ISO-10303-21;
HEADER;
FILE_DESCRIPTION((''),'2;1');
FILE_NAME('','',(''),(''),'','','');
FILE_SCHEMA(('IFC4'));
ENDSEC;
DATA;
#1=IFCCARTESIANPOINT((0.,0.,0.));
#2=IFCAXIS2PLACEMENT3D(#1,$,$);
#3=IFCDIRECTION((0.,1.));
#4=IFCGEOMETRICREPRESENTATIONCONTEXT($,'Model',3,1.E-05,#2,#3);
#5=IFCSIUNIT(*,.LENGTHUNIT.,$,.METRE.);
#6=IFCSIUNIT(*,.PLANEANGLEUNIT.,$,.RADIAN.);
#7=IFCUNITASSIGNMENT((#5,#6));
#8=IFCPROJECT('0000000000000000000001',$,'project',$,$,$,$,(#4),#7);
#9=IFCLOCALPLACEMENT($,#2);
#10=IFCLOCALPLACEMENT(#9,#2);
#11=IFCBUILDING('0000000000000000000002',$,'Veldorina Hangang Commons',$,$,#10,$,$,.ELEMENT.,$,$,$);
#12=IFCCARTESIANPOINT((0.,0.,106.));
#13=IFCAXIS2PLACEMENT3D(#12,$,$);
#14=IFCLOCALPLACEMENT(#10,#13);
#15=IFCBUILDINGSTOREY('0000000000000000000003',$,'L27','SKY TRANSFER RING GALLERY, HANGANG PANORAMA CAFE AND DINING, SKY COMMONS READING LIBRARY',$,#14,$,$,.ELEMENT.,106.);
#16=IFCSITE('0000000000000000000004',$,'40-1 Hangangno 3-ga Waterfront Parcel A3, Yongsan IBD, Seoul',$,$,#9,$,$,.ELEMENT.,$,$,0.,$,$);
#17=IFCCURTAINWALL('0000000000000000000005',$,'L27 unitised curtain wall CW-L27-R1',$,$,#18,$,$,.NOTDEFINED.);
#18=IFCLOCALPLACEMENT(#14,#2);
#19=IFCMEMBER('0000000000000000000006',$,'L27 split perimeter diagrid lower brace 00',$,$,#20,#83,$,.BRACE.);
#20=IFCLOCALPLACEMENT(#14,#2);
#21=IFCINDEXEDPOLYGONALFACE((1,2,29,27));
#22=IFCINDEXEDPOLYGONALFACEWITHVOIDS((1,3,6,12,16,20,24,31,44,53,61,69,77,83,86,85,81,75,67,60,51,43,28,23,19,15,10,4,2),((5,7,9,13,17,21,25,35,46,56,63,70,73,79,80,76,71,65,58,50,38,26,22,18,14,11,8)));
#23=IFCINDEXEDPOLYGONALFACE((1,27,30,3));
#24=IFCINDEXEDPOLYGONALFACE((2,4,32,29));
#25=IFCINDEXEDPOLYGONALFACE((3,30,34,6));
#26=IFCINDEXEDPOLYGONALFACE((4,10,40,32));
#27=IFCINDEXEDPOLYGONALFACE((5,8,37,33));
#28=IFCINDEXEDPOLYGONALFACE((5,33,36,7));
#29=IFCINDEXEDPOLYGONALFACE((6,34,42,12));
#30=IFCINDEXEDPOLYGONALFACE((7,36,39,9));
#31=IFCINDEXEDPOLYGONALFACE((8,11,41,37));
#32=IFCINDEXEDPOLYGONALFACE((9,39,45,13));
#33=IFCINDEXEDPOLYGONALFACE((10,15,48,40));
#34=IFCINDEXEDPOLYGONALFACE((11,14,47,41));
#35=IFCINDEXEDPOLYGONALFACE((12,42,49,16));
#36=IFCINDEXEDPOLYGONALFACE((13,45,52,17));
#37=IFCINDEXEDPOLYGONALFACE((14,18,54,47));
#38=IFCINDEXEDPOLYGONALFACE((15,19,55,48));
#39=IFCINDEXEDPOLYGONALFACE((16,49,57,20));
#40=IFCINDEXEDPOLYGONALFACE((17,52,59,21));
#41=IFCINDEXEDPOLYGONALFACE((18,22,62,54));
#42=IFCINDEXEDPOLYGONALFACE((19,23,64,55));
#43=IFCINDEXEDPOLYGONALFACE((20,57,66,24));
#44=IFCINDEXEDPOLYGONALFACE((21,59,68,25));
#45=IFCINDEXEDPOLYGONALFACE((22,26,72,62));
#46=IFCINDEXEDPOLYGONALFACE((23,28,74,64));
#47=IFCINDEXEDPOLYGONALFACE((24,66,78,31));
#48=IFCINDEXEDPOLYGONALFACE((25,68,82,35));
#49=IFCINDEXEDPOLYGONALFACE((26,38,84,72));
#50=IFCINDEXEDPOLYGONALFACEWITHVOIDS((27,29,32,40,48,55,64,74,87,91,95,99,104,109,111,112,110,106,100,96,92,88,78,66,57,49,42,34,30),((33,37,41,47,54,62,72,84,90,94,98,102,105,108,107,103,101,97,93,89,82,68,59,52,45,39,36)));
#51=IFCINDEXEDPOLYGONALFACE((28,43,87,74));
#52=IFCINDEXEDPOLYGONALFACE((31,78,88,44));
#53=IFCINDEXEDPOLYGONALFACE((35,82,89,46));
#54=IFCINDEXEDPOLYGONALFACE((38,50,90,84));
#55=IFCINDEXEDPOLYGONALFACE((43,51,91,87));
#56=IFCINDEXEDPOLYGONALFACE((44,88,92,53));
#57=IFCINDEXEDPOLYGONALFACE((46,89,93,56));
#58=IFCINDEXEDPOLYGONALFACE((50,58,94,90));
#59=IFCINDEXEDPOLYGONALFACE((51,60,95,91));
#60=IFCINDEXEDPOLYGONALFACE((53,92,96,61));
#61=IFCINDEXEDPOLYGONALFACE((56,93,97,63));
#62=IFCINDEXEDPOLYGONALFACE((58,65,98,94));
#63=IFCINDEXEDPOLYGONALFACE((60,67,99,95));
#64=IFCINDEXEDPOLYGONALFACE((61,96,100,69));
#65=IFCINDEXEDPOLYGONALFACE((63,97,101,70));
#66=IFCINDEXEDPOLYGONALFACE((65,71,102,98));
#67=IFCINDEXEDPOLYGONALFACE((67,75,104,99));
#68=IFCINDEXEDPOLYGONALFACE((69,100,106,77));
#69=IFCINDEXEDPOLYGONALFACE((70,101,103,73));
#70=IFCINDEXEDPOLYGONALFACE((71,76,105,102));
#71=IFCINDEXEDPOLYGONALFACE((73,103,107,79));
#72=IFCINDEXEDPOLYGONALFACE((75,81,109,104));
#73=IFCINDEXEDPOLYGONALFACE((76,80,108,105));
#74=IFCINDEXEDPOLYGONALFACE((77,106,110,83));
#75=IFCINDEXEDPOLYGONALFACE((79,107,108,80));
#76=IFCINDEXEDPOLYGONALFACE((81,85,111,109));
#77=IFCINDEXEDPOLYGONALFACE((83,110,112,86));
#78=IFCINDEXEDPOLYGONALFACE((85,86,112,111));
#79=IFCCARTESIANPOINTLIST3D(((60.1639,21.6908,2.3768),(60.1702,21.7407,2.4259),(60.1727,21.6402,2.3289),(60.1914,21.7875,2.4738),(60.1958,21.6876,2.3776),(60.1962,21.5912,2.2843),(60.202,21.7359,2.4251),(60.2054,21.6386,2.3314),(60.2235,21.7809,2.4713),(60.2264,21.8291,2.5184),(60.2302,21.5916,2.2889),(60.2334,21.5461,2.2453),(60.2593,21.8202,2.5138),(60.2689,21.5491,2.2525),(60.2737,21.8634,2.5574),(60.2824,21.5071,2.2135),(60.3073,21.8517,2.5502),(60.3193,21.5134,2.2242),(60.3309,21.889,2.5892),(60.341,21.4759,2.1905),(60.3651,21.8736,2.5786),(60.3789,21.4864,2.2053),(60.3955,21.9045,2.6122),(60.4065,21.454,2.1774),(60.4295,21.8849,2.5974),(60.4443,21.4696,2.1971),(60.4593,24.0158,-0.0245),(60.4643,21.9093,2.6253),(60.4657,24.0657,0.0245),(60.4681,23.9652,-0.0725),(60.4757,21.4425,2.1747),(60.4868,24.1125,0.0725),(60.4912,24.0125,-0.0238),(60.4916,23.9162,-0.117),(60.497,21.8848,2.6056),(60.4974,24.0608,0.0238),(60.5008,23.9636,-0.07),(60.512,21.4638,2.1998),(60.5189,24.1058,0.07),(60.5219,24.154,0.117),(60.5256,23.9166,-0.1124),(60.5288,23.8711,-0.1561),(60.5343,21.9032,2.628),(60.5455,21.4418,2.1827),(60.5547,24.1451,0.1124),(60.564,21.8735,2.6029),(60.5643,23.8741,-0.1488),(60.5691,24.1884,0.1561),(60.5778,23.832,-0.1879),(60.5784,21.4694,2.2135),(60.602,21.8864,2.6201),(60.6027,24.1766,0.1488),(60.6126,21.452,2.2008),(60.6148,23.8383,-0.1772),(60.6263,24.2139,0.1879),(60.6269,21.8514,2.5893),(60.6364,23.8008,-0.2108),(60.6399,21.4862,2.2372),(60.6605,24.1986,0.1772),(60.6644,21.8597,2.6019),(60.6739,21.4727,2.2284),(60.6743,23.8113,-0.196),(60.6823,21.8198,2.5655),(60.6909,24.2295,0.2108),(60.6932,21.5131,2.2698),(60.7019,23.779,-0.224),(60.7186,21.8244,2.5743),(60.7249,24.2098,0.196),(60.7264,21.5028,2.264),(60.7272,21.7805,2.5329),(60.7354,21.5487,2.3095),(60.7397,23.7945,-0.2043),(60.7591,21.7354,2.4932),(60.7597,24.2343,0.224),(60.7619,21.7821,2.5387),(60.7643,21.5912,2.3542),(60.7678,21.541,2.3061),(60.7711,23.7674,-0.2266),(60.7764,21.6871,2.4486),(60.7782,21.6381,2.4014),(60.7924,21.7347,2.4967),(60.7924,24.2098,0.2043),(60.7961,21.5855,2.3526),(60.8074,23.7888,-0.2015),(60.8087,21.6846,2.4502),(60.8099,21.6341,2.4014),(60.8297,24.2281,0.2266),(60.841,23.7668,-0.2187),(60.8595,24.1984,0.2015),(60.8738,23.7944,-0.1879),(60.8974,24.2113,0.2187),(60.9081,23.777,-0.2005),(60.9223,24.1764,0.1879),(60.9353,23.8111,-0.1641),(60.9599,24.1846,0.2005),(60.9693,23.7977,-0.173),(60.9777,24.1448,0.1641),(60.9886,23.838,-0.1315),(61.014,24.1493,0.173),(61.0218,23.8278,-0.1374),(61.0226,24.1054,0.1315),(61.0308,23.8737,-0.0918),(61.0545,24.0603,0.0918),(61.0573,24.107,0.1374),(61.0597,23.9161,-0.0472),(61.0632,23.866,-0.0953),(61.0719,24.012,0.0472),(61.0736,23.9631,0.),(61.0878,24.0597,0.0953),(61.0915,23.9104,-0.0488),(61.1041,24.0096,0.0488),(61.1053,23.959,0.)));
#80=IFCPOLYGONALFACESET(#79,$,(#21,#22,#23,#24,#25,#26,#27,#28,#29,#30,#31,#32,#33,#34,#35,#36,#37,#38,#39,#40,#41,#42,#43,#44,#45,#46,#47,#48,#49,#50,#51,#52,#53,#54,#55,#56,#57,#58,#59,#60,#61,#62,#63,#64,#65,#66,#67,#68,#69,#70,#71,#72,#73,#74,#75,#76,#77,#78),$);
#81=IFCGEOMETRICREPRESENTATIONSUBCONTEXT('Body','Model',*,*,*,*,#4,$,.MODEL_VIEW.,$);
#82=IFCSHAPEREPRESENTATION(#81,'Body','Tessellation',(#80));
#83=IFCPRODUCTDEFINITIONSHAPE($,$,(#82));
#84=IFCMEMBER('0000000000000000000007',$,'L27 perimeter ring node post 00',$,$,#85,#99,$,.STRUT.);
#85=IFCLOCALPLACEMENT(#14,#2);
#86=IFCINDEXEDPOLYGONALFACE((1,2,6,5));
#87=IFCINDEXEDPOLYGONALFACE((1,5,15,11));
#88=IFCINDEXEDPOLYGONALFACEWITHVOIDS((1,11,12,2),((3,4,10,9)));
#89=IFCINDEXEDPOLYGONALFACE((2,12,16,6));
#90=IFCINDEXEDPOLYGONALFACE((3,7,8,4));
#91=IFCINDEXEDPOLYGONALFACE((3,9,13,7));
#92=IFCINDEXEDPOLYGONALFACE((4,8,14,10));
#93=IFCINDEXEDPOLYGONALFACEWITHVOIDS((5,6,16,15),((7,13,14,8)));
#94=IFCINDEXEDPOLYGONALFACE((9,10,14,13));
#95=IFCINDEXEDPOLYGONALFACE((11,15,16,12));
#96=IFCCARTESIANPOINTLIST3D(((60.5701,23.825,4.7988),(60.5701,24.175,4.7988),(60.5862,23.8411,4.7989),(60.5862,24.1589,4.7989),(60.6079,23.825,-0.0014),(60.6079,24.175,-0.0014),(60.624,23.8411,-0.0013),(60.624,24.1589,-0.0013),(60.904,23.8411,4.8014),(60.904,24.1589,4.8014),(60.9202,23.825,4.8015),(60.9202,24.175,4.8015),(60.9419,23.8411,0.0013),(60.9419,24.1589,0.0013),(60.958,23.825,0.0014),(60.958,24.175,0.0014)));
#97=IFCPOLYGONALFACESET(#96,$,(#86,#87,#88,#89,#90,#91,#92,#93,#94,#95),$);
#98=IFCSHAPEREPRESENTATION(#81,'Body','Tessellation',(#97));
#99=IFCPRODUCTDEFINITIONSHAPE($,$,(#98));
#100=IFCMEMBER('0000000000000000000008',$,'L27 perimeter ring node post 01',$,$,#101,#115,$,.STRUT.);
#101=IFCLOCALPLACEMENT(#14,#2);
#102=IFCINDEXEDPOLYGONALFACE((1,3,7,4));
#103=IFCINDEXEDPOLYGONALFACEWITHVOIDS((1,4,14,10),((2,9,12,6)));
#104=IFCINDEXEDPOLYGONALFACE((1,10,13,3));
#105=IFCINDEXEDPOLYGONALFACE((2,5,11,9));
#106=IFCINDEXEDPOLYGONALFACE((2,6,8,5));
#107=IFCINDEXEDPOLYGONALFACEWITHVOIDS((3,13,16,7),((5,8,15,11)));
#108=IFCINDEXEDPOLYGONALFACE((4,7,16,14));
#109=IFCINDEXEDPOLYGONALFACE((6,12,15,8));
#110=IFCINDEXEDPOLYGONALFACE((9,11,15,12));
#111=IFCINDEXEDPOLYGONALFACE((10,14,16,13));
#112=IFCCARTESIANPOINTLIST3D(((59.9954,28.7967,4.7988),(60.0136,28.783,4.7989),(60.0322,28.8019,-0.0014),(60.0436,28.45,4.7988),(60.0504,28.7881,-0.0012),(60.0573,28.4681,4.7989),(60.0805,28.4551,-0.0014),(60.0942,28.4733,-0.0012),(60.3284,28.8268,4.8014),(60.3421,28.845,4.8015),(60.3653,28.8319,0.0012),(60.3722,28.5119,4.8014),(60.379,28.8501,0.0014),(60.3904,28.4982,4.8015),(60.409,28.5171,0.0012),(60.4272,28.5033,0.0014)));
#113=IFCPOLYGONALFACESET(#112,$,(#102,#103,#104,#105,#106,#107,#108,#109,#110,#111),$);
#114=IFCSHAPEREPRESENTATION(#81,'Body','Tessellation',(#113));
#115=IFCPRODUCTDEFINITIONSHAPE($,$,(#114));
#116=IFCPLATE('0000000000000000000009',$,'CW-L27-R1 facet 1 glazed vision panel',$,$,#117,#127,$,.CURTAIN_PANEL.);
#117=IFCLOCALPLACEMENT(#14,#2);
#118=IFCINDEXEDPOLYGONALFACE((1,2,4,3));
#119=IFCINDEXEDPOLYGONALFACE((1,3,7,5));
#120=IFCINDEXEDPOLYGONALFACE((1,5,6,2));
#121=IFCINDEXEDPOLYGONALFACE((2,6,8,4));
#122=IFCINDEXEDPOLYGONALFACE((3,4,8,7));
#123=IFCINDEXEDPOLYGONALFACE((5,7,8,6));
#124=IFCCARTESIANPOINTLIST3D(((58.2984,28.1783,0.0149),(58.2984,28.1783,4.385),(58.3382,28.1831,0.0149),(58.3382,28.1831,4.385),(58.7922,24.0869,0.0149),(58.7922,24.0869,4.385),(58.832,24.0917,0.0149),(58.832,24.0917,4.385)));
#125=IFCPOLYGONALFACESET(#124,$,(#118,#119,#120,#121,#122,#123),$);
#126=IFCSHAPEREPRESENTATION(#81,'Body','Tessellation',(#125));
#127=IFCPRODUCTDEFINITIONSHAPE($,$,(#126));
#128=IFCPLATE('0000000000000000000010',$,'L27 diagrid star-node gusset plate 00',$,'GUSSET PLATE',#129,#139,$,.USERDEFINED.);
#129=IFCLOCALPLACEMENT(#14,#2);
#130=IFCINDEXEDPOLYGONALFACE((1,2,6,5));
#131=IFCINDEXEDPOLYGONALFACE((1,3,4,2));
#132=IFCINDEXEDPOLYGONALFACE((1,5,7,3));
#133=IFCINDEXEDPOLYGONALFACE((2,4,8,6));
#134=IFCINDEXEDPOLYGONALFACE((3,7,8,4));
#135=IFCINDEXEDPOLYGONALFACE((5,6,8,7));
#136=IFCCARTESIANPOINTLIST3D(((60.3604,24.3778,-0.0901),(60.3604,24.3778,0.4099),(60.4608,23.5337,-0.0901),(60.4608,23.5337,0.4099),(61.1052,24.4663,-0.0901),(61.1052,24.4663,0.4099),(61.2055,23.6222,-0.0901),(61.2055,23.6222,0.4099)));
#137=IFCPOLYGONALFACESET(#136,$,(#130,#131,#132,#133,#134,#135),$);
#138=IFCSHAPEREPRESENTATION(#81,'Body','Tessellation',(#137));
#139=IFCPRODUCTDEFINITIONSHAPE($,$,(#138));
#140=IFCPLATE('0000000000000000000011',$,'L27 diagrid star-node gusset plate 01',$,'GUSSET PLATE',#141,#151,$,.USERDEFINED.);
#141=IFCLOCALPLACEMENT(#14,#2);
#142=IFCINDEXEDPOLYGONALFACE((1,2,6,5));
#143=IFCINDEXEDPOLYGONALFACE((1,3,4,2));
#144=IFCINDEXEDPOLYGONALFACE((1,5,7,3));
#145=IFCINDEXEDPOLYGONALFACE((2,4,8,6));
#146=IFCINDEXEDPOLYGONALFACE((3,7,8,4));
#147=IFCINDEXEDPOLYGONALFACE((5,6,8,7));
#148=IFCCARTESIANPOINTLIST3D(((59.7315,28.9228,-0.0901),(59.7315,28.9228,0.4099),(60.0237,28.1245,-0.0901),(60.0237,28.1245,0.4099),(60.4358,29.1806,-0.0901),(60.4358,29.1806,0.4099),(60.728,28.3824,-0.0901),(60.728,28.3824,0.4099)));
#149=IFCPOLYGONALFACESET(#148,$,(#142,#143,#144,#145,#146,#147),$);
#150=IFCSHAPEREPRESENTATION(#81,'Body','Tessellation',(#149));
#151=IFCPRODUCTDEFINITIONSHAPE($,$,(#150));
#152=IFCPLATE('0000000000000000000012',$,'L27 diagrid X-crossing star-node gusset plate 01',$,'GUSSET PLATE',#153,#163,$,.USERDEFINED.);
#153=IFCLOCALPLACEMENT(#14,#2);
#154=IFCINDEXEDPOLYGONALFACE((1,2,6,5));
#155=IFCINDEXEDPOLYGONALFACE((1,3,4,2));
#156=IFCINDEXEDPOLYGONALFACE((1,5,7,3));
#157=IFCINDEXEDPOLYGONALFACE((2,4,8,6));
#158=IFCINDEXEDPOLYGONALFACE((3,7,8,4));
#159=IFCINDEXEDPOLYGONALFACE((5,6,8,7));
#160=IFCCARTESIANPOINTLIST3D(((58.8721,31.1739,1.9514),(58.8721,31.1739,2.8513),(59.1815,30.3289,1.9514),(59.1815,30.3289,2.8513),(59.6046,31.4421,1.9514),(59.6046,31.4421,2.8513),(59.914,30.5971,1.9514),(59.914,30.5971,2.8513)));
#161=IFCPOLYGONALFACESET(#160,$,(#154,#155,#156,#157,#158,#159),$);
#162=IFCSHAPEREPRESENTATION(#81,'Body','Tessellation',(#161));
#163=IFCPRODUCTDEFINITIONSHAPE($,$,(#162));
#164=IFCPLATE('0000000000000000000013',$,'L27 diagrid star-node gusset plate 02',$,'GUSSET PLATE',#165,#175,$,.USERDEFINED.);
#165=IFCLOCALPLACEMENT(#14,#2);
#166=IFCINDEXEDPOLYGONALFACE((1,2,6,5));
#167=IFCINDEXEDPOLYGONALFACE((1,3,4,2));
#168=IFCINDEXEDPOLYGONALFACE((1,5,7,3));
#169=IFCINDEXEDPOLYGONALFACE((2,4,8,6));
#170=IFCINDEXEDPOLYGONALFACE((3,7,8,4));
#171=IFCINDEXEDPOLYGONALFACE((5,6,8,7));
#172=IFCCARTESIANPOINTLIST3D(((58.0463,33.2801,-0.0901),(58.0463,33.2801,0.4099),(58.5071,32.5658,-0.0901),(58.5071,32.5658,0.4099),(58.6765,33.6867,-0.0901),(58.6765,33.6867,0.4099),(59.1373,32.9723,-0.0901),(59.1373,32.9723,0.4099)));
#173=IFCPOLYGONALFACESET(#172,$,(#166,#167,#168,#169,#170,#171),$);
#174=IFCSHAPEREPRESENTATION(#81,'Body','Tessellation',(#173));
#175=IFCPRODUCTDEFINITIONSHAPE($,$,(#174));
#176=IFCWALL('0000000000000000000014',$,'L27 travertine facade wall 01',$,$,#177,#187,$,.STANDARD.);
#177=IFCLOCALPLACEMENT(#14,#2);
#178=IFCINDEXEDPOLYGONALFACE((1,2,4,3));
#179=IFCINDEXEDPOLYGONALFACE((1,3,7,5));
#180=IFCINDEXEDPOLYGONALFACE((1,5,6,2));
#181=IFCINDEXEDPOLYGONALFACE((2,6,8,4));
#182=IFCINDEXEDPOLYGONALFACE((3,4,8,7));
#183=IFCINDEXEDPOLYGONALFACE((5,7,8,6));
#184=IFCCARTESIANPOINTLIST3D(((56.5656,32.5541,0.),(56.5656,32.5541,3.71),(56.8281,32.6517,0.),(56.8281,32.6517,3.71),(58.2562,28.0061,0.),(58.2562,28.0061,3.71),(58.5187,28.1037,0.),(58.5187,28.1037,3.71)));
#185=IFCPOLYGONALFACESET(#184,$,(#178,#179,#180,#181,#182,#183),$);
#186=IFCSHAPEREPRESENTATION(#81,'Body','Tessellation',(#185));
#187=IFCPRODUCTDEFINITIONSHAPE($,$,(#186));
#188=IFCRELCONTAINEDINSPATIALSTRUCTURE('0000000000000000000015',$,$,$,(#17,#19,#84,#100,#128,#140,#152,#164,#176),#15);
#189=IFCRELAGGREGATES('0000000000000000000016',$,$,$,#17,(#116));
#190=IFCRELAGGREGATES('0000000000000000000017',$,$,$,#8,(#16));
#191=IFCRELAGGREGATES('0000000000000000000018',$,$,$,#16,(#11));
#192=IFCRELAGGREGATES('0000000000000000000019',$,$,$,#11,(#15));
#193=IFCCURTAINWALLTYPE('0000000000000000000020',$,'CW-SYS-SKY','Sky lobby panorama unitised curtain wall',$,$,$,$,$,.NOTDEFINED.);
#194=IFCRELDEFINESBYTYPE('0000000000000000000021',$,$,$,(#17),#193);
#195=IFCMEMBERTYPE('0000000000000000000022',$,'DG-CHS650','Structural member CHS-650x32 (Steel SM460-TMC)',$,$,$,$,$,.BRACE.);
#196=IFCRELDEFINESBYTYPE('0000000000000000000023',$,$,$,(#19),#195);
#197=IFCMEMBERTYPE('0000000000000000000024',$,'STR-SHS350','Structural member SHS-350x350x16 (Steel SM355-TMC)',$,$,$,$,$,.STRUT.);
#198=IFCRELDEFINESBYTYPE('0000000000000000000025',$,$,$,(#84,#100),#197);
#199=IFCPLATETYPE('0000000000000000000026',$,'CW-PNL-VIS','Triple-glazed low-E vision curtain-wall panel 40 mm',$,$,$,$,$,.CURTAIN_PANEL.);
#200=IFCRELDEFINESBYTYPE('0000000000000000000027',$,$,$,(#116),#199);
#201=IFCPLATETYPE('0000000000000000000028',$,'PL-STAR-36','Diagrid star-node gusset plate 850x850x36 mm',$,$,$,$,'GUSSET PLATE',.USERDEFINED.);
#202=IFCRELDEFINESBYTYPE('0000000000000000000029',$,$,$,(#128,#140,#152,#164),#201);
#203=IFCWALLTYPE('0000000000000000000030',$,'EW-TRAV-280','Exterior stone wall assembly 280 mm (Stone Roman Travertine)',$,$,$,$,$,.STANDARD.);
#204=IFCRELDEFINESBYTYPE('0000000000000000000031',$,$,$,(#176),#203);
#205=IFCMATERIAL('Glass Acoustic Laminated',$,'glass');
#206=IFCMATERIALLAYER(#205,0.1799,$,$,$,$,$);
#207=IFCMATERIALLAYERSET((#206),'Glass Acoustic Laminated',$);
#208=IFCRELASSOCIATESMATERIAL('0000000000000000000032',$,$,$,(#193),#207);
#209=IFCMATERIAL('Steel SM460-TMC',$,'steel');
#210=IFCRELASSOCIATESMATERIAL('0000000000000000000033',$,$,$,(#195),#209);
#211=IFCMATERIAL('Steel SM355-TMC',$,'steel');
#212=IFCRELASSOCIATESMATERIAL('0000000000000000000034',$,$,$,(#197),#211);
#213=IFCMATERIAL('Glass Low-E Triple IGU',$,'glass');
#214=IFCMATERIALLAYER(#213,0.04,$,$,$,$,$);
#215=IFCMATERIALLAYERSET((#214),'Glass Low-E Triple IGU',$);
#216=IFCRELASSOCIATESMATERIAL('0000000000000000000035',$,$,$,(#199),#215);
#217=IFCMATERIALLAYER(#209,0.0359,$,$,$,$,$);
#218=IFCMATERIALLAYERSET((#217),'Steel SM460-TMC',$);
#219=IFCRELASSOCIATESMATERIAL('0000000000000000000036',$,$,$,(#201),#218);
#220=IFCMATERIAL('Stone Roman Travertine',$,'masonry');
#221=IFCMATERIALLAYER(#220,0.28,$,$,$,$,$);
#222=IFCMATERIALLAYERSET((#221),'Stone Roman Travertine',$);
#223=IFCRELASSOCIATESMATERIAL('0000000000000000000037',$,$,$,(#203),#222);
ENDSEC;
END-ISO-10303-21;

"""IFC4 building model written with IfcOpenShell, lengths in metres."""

from ifc_helpers import new_model, si_unit, direction, frame, frame_2d, origin, origin_2d, place, context, subcontext, project, spatial, rectangle, hollow_rectangle, hollow_circle, extrude, material, layer, layer_set, material_profile, profile_set, type_object, element, aggregate, save


model = new_model("IFC4")

# Units and contexts
model_context = context("Model", 3, precision=1e-05, world=origin(), true_north=direction((0.0, 1.0)))
body_context = subcontext(model_context, "Body", "Model", "MODEL_VIEW")
ifc_project = project(units=[si_unit("LENGTHUNIT", "METRE"), si_unit("PLANEANGLEUNIT", "RADIAN")], contexts=[model_context])

# Site, building, storey
site_placement = place(None, origin())
site = spatial("IfcSite", under=ifc_project, at=site_placement, Name="40-1 Hangangno 3-ga Waterfront Parcel A3, Yongsan IBD, Seoul", CompositionType="ELEMENT", RefElevation=0.0)
building_placement = place(site_placement, origin())
building = spatial("IfcBuilding", under=site, at=building_placement, Name="Veldorina Hangang Commons", CompositionType="ELEMENT")
storey_placement = place(building_placement, frame((0.0, 0.0, 106.0)))
storey = spatial("IfcBuildingStorey", under=building, at=storey_placement, Name="L27", Description="SKY TRANSFER RING GALLERY, HANGANG PANORAMA CAFE AND DINING, SKY COMMONS READING LIBRARY", CompositionType="ELEMENT", Elevation=106.0)

# Shared definitions
ifc_material_1 = material(Name="Steel SM355-TMC", Category="steel")

# Curtain wall
ifc_material_2 = material(Name="Glass Acoustic Laminated", Category="glass")
ifc_layer_1 = layer(ifc_material_2, 0.1799)
ifc_layer_set_1 = layer_set([ifc_layer_1], Name="Glass Acoustic Laminated")
curtain_wall_type = type_object("IfcCurtainWallType", Name="CW-SYS-SKY", Description="Sky lobby panorama unitised curtain wall", PredefinedType="NOTDEFINED", material=ifc_layer_set_1)
curtain_wall_1_placement = place(storey_placement, origin())
curtain_wall_1 = element("IfcCurtainWall", 1, at=curtain_wall_1_placement, inside=storey, type_object=curtain_wall_type, Name="L27 unitised curtain wall CW-L27-R1", PredefinedType="NOTDEFINED")

# Members
ifc_material_3 = material(Name="Steel SM460-TMC", Category="steel")
ifc_material_profile_1 = material_profile(ifc_material_3, hollow_circle(Radius=0.325, WallThickness=0.032, at=origin_2d()), Name="CHS-650x32")
ifc_profile_set_1 = profile_set([ifc_material_profile_1], Name="Steel SM460-TMC")
member_type_1 = type_object("IfcMemberType", Name="DG-CHS650", Description="Structural member CHS-650x32 (Steel SM460-TMC)", PredefinedType="BRACE", material=ifc_profile_set_1)
member_1_placement = place(storey_placement, frame((60.783, 24.0, 0.0), z_axis=(-0.088038, -0.692882, 0.715656), x_axis=(0.992024, -0.126047, 0.0)))
element("IfcMember", 2, at=member_1_placement, inside=storey, type_object=member_type_1, Name="L27 split perimeter diagrid lower brace 00", PredefinedType="BRACE", context=body_context, shape_type="SweptSolid", body=[
    extrude(hollow_circle(Radius=0.325, WallThickness=0.032, at=origin_2d()), origin(), (0.0, 0.0, 1.0), 3.3555),
])
ifc_material_profile_2 = material_profile(ifc_material_1, hollow_rectangle(XDim=0.3501, YDim=0.3501, WallThickness=0.0161, at=origin_2d()), Name="SHS-350x350x16")
ifc_profile_set_2 = profile_set([ifc_material_profile_2], Name="Steel SM355-TMC")
member_type_2 = type_object("IfcMemberType", Name="STR-SHS350", Description="Structural member SHS-350x350x16 (Steel SM355-TMC)", PredefinedType="STRUT", material=ifc_profile_set_2)
for number, where, z_axis, x_axis, name in (
    (3, (60.783, 24.0, 0.0), (-0.007883, 0.0, 0.999969), (0.0, -1.0, 0.0), "L27 perimeter ring node post 00"),
    (4, (60.2297, 28.6526, 0.0), (-0.00768, -0.001068, 0.99997), (0.137747, -0.990467, 0.0), "L27 perimeter ring node post 01"),
):
    element("IfcMember", number, at=place(storey_placement, frame(where, z_axis=z_axis, x_axis=x_axis)), inside=storey, type_object=member_type_2, Name=name, PredefinedType="STRUT", context=body_context, shape_type="SweptSolid", body=[
        extrude(hollow_rectangle(XDim=0.3501, YDim=0.3501, WallThickness=0.0161, at=origin_2d()), origin(), (0.0, 0.0, 1.0), 4.8003),
    ])

# Plate
ifc_material_4 = material(Name="Glass Low-E Triple IGU", Category="glass")
ifc_layer_2 = layer(ifc_material_4, 0.04)
ifc_layer_set_2 = layer_set([ifc_layer_2], Name="Glass Low-E Triple IGU")
plate_type_1 = type_object("IfcPlateType", Name="CW-PNL-VIS", Description="Triple-glazed low-E vision curtain-wall panel 40 mm", PredefinedType="CURTAIN_PANEL", material=ifc_layer_set_2)
plate_1_placement = place(storey_placement, frame((58.5652, 26.135, 0.0149), z_axis=(0.0, 0.0, 1.0), x_axis=(-0.119825, 0.992795, 0.0)))
plate_1 = element("IfcPlate", 5, at=plate_1_placement, type_object=plate_type_1, Name="CW-L27-R1 facet 1 glazed vision panel", PredefinedType="CURTAIN_PANEL", context=body_context, shape_type="SweptSolid", body=[
    extrude(rectangle(XDim=4.1211, YDim=0.04, at=origin_2d()), origin(), (0.0, 0.0, 1.0), 4.3701),
])
aggregate(curtain_wall_1, [plate_1])

# Plates
ifc_layer_3 = layer(ifc_material_3, 0.0359)
ifc_layer_set_3 = layer_set([ifc_layer_3], Name="Steel SM460-TMC")
plate_type_2 = type_object("IfcPlateType", Name="PL-STAR-36", Description="Diagrid star-node gusset plate 850x850x36 mm", ElementType="GUSSET PLATE", PredefinedType="USERDEFINED", material=ifc_layer_set_3)
for number, where, z_axis, x_axis, name in (
    (6, (60.783, 24.0, -0.0901), (0.0, 0.0, 1.0), (-0.118057, 0.993007, 0.0), "L27 diagrid star-node gusset plate 00"),
    (7, (60.2297, 28.6526, -0.0901), (0.0, 0.0, 1.0), (-0.343791, 0.939046, 0.0), "L27 diagrid star-node gusset plate 01"),
):
    element("IfcPlate", number, at=place(storey_placement, frame(where, z_axis=z_axis, x_axis=x_axis)), inside=storey, type_object=plate_type_2, Name=name, ObjectType="GUSSET PLATE", PredefinedType="USERDEFINED", context=body_context, shape_type="SweptSolid", body=[
        extrude(rectangle(XDim=0.8501, YDim=0.75, at=origin_2d()), origin(), (0.0, 0.0, 1.0), 0.5),
    ])
plate_2_placement = place(storey_placement, frame((59.3931, 30.8855, 1.9514), z_axis=(0.0, 0.0, 1.0), x_axis=(-0.343791, 0.939046, 0.0)))
element("IfcPlate", 8, at=plate_2_placement, inside=storey, type_object=plate_type_2, Name="L27 diagrid X-crossing star-node gusset plate 01", ObjectType="GUSSET PLATE", PredefinedType="USERDEFINED", context=body_context, shape_type="SweptSolid", body=[
    extrude(rectangle(XDim=0.8999, YDim=0.78, at=origin_2d()), origin(), (0.0, 0.0, 1.0), 0.8999),
])
plate_3_placement = place(storey_placement, frame((58.5918, 33.1262, -0.0901), z_axis=(0.0, 0.0, 1.0), x_axis=(-0.542104, 0.840311, 0.0)))
element("IfcPlate", 9, at=plate_3_placement, inside=storey, type_object=plate_type_2, Name="L27 diagrid star-node gusset plate 02", ObjectType="GUSSET PLATE", PredefinedType="USERDEFINED", context=body_context, shape_type="SweptSolid", body=[
    extrude(rectangle(XDim=0.8501, YDim=0.75, at=origin_2d()), origin(), (0.0, 0.0, 1.0), 0.5),
])

# Wall
ifc_material_5 = material(Name="Stone Roman Travertine", Category="masonry")
ifc_layer_4 = layer(ifc_material_5, 0.28)
ifc_layer_set_4 = layer_set([ifc_layer_4], Name="Stone Roman Travertine")
wall_type_1 = type_object("IfcWallType", Name="EW-TRAV-280", Description="Exterior stone wall assembly 280 mm (Stone Roman Travertine)", PredefinedType="STANDARD", material=ifc_layer_set_4)
wall_1_placement = place(storey_placement, frame((58.3875, 28.0549, 0.0), z_axis=(0.0, 0.0, 1.0), x_axis=(-0.348437, 0.937332, 0.0)))
element("IfcWall", 10, at=wall_1_placement, inside=storey, type_object=wall_type_1, Name="L27 travertine facade wall 01", PredefinedType="STANDARD", context=body_context, shape_type="SweptSolid", body=[
    extrude(rectangle(XDim=4.8521, YDim=0.28, at=frame_2d((2.426, 0.0))), origin(), (0.0, 0.0, 1.0), 3.71),
])

save(model, "model.ifc")
